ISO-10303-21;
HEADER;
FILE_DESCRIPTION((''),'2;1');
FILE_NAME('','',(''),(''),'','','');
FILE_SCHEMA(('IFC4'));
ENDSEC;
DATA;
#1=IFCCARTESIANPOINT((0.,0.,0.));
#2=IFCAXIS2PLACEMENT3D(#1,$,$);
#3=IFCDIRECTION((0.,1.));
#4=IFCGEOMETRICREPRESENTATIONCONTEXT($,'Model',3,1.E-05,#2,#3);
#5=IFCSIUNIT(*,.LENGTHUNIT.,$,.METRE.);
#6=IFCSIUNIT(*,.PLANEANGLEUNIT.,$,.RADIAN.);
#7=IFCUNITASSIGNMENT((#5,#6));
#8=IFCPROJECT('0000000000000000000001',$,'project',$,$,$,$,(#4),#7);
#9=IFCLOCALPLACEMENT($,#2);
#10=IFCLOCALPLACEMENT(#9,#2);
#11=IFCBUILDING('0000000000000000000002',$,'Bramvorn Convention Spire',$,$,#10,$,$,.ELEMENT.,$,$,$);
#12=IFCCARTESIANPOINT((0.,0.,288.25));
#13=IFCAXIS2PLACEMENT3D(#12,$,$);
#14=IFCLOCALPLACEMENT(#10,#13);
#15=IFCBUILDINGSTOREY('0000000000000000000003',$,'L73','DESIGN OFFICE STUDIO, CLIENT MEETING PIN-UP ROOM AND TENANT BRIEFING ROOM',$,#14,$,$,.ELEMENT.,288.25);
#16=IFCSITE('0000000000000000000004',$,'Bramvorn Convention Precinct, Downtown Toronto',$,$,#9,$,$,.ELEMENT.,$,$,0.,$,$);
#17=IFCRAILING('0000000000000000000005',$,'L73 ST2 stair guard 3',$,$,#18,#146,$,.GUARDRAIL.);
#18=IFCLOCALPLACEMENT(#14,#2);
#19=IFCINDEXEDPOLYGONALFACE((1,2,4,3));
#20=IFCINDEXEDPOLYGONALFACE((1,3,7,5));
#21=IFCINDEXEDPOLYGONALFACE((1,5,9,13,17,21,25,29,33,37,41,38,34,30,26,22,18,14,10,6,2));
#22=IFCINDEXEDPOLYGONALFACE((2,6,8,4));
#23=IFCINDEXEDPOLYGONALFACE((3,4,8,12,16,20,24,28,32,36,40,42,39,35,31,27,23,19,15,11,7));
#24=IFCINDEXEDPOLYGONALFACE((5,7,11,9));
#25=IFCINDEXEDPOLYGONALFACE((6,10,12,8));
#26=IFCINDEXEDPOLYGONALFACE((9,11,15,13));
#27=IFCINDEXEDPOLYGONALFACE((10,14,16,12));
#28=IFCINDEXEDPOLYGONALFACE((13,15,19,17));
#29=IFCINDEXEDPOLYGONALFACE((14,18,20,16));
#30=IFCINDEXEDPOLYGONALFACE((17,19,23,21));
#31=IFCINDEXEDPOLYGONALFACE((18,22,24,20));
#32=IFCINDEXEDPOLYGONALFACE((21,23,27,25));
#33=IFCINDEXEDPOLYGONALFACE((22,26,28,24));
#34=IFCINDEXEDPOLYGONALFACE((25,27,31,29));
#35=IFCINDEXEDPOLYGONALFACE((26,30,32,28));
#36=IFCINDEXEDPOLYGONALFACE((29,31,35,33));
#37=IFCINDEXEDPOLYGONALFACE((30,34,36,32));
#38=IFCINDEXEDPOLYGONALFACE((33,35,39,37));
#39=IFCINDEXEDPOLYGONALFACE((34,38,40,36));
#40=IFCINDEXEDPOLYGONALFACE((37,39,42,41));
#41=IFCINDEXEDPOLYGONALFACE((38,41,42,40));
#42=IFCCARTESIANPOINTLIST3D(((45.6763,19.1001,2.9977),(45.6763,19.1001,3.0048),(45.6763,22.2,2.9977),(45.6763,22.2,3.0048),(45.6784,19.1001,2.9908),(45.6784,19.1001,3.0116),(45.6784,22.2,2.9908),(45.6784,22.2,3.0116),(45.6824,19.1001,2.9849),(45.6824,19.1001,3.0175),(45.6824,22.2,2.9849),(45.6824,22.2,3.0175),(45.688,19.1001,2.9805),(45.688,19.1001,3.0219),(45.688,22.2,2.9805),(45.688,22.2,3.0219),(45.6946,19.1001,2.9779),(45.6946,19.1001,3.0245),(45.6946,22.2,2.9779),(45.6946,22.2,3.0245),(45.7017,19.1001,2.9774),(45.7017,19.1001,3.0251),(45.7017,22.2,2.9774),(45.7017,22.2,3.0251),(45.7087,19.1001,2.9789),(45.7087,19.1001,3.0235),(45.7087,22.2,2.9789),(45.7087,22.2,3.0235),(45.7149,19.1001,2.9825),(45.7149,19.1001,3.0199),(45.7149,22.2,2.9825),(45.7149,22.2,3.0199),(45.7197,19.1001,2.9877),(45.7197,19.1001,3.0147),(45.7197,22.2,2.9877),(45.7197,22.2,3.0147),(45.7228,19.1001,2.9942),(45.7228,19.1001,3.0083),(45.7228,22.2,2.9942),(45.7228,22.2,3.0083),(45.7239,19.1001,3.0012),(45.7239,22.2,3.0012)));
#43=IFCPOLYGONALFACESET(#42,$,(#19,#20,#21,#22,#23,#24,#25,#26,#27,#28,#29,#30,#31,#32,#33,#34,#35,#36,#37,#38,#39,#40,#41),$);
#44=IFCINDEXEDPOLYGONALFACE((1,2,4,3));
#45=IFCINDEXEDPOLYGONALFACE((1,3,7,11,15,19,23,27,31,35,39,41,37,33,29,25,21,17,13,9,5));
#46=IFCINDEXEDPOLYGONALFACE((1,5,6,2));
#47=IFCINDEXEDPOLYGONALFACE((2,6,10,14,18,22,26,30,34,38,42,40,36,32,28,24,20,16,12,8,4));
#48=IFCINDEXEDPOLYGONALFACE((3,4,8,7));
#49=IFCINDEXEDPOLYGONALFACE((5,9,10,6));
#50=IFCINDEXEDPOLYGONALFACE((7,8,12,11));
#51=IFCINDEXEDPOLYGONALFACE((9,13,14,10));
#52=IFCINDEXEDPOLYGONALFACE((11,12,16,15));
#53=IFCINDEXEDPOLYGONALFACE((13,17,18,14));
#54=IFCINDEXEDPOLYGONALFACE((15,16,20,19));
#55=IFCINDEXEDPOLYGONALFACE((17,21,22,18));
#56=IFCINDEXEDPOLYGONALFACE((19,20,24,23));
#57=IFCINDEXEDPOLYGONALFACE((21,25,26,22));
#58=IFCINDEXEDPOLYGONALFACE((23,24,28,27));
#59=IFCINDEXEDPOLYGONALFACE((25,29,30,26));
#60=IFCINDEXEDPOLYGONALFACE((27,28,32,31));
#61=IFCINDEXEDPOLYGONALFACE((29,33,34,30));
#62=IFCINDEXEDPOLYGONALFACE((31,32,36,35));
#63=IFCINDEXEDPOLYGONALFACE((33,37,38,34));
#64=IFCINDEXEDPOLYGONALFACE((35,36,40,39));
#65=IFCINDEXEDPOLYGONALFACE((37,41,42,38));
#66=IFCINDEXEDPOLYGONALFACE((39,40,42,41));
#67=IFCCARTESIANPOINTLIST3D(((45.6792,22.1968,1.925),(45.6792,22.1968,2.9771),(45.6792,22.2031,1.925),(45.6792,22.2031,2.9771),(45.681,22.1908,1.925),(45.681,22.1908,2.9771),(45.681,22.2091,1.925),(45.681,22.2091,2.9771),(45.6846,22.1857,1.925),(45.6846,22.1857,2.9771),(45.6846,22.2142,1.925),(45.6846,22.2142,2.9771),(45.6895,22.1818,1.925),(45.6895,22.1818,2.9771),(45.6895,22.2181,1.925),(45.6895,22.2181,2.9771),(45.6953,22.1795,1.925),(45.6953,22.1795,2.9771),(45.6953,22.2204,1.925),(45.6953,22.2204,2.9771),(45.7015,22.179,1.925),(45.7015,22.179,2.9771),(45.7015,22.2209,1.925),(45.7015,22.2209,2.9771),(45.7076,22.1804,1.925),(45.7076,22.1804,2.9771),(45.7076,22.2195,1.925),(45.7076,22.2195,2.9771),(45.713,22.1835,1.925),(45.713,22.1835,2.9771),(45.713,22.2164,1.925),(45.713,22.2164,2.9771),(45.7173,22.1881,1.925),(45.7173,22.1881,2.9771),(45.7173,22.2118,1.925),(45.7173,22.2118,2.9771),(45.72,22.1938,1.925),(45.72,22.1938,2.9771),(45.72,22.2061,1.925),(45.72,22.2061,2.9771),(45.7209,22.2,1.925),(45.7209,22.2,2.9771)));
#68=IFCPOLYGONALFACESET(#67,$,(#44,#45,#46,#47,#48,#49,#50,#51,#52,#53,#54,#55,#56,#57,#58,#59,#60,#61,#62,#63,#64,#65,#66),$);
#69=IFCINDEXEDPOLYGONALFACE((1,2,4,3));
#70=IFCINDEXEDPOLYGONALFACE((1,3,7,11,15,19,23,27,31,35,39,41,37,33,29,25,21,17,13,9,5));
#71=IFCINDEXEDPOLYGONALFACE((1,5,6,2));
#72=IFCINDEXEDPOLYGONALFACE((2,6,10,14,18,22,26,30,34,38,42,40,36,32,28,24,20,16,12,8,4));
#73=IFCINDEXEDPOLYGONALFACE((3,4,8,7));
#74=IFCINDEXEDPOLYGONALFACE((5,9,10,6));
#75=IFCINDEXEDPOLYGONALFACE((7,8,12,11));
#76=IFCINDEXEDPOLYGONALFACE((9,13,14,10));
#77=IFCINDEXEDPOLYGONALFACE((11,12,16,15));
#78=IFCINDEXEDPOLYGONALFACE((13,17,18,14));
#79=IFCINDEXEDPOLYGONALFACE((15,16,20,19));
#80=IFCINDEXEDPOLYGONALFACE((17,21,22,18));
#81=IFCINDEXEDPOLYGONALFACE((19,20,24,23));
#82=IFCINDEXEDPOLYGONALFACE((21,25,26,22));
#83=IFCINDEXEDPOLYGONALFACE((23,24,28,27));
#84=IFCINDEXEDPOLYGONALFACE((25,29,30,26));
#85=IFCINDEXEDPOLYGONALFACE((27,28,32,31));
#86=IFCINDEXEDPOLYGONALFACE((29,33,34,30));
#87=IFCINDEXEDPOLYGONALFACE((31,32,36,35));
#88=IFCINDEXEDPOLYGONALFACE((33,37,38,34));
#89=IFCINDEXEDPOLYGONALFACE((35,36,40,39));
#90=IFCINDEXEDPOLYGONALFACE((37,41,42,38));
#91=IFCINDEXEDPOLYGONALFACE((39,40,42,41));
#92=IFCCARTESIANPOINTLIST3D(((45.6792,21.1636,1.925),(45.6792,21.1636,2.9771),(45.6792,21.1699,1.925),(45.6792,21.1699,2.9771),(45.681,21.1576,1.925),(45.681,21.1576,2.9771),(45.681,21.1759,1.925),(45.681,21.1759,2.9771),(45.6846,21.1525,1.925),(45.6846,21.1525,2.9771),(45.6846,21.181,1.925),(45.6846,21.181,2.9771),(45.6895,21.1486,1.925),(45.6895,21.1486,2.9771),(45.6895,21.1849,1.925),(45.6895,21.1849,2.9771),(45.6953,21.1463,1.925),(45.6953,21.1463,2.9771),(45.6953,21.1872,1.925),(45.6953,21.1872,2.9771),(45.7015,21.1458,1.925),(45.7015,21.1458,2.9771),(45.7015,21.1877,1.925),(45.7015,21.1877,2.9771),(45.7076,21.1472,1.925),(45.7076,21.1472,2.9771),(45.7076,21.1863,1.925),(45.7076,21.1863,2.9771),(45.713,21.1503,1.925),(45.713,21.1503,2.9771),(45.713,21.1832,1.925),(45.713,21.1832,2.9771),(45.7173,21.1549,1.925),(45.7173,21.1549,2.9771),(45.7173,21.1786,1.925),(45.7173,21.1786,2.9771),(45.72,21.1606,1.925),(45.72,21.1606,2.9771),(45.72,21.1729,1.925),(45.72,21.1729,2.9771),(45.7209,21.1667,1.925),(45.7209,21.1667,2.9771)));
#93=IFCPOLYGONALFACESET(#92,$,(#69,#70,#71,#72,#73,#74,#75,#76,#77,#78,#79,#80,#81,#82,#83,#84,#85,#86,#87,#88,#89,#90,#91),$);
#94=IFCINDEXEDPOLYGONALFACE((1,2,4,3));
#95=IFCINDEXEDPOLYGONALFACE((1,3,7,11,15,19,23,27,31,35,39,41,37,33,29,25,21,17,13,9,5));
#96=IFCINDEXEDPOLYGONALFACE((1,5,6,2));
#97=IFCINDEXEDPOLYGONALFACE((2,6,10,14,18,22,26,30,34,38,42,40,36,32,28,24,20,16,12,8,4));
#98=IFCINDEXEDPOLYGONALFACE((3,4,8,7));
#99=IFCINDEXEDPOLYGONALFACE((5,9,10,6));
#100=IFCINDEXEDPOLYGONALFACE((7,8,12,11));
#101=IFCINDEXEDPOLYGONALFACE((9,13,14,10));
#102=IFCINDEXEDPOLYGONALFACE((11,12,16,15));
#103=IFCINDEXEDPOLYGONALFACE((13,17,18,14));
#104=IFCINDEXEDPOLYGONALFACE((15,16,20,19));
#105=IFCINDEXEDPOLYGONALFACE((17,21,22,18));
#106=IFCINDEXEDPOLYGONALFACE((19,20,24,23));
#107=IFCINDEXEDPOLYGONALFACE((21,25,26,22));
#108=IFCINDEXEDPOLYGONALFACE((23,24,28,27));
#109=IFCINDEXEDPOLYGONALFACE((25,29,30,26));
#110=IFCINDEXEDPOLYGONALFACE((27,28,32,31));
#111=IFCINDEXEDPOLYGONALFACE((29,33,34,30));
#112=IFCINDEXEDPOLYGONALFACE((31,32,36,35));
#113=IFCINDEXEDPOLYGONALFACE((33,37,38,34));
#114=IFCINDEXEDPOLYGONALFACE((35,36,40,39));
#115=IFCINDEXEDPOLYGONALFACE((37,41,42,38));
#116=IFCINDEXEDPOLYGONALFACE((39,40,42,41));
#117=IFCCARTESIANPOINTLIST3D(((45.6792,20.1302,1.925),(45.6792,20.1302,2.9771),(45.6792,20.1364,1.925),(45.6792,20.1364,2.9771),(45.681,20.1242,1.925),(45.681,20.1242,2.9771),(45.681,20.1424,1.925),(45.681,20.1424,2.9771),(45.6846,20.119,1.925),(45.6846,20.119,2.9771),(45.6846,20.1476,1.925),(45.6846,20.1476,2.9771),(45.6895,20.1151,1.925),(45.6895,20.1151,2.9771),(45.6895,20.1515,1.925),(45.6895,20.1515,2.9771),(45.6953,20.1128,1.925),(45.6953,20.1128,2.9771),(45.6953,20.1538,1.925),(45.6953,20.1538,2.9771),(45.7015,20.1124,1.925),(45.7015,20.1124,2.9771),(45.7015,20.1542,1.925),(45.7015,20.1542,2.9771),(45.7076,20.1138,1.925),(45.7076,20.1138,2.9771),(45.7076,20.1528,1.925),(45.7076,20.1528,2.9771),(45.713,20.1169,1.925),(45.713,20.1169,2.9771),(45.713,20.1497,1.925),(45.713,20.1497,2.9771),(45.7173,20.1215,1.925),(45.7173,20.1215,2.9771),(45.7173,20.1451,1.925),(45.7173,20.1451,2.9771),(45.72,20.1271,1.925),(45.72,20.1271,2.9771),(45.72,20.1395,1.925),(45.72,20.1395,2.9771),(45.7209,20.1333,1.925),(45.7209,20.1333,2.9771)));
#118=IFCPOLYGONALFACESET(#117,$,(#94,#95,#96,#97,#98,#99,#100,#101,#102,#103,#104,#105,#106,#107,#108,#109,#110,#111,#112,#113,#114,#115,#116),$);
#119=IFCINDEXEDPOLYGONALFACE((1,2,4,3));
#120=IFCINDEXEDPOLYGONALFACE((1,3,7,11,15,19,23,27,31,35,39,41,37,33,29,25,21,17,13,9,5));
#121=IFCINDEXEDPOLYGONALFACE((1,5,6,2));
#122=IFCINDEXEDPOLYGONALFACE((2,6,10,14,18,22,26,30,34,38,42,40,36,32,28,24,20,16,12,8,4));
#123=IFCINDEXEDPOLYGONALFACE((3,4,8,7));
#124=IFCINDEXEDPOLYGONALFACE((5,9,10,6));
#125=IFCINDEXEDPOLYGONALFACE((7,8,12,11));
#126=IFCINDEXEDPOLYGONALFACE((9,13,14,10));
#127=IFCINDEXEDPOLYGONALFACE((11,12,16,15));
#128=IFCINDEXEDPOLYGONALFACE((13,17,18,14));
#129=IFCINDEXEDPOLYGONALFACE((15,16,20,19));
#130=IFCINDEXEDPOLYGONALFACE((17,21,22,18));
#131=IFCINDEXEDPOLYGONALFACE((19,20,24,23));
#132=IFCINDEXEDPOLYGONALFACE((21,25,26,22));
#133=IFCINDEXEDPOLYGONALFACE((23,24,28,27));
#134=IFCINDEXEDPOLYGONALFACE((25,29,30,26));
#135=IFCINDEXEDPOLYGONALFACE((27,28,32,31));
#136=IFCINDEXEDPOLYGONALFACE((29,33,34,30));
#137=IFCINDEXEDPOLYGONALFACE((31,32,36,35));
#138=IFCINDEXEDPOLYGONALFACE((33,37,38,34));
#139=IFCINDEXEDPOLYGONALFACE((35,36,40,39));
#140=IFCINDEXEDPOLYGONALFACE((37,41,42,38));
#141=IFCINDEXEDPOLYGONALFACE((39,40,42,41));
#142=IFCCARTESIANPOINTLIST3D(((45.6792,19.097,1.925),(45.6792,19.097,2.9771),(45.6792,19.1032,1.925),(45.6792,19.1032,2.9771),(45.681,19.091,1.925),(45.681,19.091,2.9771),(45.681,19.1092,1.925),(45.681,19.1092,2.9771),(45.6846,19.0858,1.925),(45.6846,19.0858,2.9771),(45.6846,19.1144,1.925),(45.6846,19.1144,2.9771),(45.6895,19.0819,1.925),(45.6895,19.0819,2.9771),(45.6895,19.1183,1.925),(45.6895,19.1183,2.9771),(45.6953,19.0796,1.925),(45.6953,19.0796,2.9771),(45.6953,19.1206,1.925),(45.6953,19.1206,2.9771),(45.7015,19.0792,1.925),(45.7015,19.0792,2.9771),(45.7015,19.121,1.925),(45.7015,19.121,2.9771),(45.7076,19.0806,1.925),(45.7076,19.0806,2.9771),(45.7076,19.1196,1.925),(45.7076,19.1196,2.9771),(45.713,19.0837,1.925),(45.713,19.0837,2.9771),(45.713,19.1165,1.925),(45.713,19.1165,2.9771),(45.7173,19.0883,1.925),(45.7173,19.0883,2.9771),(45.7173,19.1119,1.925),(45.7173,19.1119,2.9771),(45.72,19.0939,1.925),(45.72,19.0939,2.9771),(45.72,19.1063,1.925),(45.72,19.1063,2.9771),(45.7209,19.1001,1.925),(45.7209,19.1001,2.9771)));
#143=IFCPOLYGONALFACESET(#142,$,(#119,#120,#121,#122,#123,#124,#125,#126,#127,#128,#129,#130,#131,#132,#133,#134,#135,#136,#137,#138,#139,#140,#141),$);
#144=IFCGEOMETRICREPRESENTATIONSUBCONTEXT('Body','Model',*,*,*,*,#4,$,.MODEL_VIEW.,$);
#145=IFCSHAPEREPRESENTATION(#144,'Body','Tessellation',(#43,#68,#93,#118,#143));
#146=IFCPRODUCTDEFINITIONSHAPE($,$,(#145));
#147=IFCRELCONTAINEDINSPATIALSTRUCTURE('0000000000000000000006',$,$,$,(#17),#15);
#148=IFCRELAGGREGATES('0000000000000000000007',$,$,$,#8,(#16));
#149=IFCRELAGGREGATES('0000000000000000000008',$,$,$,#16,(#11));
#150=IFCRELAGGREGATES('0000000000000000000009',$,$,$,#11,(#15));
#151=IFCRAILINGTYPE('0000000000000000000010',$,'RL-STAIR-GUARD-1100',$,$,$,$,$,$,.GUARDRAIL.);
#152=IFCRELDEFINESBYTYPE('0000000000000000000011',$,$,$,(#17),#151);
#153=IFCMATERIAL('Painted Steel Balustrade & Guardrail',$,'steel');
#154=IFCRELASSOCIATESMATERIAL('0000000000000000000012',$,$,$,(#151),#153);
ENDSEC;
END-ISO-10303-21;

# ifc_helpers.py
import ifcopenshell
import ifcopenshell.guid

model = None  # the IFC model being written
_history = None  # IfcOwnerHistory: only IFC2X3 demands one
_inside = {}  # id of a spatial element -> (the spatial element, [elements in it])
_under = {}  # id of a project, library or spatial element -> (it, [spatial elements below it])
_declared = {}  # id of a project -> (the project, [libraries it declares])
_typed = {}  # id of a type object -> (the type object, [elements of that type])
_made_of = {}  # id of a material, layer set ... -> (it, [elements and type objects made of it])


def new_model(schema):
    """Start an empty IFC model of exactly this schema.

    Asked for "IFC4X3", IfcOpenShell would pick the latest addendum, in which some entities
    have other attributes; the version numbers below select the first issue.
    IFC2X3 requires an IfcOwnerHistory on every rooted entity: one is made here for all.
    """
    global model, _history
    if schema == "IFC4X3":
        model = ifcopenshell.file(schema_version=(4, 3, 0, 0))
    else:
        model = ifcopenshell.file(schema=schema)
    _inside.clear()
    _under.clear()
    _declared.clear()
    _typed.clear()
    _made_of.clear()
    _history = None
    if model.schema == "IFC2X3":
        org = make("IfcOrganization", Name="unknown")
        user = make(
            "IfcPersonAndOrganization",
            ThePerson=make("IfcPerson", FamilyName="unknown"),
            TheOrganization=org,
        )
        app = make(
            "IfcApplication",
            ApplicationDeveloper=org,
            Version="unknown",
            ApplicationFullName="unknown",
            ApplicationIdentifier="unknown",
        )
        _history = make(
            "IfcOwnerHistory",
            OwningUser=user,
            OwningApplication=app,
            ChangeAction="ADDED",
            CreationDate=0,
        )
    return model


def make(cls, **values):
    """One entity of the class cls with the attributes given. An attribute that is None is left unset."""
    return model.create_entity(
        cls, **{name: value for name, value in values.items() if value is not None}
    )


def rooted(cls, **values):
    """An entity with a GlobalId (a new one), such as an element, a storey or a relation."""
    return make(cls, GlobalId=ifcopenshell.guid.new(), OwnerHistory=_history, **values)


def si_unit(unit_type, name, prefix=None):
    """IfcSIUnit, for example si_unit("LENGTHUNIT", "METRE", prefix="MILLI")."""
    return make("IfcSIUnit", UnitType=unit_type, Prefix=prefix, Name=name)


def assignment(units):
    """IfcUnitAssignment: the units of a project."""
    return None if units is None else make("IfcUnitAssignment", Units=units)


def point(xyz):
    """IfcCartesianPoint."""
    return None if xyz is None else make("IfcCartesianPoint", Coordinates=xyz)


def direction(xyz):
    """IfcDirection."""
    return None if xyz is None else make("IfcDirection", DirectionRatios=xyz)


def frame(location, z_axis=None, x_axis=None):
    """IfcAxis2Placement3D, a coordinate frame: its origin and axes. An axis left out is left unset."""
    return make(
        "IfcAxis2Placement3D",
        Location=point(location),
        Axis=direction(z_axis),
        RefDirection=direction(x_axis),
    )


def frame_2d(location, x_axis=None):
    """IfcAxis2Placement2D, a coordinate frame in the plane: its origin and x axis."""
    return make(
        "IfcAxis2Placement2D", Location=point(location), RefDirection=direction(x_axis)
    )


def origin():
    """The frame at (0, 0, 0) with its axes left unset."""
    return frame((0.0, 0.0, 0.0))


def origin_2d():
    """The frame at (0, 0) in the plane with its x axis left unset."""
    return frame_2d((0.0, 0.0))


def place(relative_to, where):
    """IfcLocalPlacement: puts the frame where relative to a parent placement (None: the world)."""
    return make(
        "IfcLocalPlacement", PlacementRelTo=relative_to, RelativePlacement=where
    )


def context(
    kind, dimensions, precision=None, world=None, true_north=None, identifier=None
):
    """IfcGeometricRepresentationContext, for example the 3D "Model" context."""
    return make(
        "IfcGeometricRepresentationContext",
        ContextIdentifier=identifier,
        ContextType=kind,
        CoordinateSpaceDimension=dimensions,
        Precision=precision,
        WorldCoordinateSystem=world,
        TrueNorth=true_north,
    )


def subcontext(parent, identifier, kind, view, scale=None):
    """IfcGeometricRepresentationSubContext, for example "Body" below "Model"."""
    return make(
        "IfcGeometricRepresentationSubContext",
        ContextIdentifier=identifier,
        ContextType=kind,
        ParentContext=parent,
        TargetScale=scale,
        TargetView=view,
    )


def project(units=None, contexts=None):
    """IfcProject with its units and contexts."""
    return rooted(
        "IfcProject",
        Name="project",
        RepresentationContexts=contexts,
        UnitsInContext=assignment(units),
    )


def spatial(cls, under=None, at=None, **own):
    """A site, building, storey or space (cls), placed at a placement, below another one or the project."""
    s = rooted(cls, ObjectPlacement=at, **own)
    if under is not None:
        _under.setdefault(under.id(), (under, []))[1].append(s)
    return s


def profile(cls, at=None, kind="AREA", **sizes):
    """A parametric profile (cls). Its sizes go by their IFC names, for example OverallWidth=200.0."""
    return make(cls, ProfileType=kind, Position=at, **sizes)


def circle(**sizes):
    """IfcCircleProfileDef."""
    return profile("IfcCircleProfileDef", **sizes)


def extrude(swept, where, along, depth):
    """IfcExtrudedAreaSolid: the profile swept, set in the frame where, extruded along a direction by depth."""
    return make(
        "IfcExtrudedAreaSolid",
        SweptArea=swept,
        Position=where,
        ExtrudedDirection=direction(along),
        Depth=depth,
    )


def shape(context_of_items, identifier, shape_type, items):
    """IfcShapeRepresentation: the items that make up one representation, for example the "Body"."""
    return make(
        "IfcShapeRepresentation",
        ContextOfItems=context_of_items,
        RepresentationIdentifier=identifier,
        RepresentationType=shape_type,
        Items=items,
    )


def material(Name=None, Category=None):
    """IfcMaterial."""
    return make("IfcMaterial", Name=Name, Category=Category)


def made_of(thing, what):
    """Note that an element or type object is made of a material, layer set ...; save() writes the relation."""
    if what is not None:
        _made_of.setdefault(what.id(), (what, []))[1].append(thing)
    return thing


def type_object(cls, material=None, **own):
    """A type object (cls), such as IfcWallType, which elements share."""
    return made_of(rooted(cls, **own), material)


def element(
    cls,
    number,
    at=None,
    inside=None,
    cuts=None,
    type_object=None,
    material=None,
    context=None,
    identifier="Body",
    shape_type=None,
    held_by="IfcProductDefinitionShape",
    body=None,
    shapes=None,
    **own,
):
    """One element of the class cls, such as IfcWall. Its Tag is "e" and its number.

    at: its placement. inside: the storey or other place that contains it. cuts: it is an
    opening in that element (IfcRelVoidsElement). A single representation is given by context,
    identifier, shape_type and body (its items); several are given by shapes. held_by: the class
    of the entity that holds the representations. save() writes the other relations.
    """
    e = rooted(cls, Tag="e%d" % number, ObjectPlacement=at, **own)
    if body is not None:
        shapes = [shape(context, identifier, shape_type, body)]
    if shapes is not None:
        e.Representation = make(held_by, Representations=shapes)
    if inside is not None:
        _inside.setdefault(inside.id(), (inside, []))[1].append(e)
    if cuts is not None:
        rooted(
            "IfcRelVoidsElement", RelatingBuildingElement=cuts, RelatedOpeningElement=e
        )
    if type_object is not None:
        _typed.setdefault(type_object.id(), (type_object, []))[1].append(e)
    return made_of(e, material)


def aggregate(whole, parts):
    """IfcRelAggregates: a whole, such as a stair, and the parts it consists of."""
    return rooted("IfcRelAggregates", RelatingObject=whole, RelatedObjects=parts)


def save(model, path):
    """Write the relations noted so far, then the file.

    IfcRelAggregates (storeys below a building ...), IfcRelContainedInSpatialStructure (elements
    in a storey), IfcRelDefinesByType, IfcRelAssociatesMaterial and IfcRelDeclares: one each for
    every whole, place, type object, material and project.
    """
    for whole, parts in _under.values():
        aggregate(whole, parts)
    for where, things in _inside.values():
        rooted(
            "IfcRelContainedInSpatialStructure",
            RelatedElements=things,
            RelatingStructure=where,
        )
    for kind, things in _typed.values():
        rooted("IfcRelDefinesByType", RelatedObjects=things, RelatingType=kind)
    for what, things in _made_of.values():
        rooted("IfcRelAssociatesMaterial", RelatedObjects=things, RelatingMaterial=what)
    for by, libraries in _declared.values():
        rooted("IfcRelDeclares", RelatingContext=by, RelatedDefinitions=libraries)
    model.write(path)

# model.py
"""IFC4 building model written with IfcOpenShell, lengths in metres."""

from ifc_helpers import new_model, si_unit, direction, frame, origin, origin_2d, place, context, subcontext, project, spatial, circle, extrude, material, type_object, element, save


model = new_model("IFC4")

# Units and contexts
model_context = context("Model", 3, precision=1e-05, world=origin(), true_north=direction((0.0, 1.0)))
body_context = subcontext(model_context, "Body", "Model", "MODEL_VIEW")
ifc_project = project(units=[si_unit("LENGTHUNIT", "METRE"), si_unit("PLANEANGLEUNIT", "RADIAN")], contexts=[model_context])

# Site, building, storey
site_placement = place(None, origin())
site = spatial("IfcSite", under=ifc_project, at=site_placement, Name="Bramvorn Convention Precinct, Downtown Toronto", CompositionType="ELEMENT", RefElevation=0.0)
building_placement = place(site_placement, origin())
building = spatial("IfcBuilding", under=site, at=building_placement, Name="Bramvorn Convention Spire", CompositionType="ELEMENT")
storey_placement = place(building_placement, frame((0.0, 0.0, 288.25)))
storey = spatial("IfcBuildingStorey", under=building, at=storey_placement, Name="L73", Description="DESIGN OFFICE STUDIO, CLIENT MEETING PIN-UP ROOM AND TENANT BRIEFING ROOM", CompositionType="ELEMENT", Elevation=288.25)

# Railing
ifc_material_1 = material(Name="Painted Steel Balustrade & Guardrail", Category="steel")
railing_type = type_object("IfcRailingType", Name="RL-STAIR-GUARD-1100", PredefinedType="GUARDRAIL", material=ifc_material_1)
railing_1_placement = place(storey_placement, frame((45.7, 22.2, 1.925)))
element("IfcRailing", 1, at=railing_1_placement, inside=storey, type_object=railing_type, Name="L73 ST2 stair guard 3", PredefinedType="GUARDRAIL", context=body_context, shape_type="SweptSolid", body=[
    extrude(circle(Radius=0.0239, at=origin_2d()), frame((0.0, 0.0, 1.0762), z_axis=(0.0, -1.0, 0.0), x_axis=(1.0, 0.0, 0.0)), (0.0, 0.0, 1.0), 3.0999),
    extrude(circle(Radius=0.021, at=origin_2d()), origin(), (0.0, 0.0, 1.0), 1.052),
    extrude(circle(Radius=0.021, at=origin_2d()), frame((0.0, -1.0332, 0.0)), (0.0, 0.0, 1.0), 1.052),
    extrude(circle(Radius=0.021, at=origin_2d()), frame((0.0, -2.0667, 0.0)), (0.0, 0.0, 1.0), 1.052),
    extrude(circle(Radius=0.021, at=origin_2d()), frame((0.0, -3.0999, 0.0)), (0.0, 0.0, 1.0), 1.052),
])

save(model, "model.ifc")
